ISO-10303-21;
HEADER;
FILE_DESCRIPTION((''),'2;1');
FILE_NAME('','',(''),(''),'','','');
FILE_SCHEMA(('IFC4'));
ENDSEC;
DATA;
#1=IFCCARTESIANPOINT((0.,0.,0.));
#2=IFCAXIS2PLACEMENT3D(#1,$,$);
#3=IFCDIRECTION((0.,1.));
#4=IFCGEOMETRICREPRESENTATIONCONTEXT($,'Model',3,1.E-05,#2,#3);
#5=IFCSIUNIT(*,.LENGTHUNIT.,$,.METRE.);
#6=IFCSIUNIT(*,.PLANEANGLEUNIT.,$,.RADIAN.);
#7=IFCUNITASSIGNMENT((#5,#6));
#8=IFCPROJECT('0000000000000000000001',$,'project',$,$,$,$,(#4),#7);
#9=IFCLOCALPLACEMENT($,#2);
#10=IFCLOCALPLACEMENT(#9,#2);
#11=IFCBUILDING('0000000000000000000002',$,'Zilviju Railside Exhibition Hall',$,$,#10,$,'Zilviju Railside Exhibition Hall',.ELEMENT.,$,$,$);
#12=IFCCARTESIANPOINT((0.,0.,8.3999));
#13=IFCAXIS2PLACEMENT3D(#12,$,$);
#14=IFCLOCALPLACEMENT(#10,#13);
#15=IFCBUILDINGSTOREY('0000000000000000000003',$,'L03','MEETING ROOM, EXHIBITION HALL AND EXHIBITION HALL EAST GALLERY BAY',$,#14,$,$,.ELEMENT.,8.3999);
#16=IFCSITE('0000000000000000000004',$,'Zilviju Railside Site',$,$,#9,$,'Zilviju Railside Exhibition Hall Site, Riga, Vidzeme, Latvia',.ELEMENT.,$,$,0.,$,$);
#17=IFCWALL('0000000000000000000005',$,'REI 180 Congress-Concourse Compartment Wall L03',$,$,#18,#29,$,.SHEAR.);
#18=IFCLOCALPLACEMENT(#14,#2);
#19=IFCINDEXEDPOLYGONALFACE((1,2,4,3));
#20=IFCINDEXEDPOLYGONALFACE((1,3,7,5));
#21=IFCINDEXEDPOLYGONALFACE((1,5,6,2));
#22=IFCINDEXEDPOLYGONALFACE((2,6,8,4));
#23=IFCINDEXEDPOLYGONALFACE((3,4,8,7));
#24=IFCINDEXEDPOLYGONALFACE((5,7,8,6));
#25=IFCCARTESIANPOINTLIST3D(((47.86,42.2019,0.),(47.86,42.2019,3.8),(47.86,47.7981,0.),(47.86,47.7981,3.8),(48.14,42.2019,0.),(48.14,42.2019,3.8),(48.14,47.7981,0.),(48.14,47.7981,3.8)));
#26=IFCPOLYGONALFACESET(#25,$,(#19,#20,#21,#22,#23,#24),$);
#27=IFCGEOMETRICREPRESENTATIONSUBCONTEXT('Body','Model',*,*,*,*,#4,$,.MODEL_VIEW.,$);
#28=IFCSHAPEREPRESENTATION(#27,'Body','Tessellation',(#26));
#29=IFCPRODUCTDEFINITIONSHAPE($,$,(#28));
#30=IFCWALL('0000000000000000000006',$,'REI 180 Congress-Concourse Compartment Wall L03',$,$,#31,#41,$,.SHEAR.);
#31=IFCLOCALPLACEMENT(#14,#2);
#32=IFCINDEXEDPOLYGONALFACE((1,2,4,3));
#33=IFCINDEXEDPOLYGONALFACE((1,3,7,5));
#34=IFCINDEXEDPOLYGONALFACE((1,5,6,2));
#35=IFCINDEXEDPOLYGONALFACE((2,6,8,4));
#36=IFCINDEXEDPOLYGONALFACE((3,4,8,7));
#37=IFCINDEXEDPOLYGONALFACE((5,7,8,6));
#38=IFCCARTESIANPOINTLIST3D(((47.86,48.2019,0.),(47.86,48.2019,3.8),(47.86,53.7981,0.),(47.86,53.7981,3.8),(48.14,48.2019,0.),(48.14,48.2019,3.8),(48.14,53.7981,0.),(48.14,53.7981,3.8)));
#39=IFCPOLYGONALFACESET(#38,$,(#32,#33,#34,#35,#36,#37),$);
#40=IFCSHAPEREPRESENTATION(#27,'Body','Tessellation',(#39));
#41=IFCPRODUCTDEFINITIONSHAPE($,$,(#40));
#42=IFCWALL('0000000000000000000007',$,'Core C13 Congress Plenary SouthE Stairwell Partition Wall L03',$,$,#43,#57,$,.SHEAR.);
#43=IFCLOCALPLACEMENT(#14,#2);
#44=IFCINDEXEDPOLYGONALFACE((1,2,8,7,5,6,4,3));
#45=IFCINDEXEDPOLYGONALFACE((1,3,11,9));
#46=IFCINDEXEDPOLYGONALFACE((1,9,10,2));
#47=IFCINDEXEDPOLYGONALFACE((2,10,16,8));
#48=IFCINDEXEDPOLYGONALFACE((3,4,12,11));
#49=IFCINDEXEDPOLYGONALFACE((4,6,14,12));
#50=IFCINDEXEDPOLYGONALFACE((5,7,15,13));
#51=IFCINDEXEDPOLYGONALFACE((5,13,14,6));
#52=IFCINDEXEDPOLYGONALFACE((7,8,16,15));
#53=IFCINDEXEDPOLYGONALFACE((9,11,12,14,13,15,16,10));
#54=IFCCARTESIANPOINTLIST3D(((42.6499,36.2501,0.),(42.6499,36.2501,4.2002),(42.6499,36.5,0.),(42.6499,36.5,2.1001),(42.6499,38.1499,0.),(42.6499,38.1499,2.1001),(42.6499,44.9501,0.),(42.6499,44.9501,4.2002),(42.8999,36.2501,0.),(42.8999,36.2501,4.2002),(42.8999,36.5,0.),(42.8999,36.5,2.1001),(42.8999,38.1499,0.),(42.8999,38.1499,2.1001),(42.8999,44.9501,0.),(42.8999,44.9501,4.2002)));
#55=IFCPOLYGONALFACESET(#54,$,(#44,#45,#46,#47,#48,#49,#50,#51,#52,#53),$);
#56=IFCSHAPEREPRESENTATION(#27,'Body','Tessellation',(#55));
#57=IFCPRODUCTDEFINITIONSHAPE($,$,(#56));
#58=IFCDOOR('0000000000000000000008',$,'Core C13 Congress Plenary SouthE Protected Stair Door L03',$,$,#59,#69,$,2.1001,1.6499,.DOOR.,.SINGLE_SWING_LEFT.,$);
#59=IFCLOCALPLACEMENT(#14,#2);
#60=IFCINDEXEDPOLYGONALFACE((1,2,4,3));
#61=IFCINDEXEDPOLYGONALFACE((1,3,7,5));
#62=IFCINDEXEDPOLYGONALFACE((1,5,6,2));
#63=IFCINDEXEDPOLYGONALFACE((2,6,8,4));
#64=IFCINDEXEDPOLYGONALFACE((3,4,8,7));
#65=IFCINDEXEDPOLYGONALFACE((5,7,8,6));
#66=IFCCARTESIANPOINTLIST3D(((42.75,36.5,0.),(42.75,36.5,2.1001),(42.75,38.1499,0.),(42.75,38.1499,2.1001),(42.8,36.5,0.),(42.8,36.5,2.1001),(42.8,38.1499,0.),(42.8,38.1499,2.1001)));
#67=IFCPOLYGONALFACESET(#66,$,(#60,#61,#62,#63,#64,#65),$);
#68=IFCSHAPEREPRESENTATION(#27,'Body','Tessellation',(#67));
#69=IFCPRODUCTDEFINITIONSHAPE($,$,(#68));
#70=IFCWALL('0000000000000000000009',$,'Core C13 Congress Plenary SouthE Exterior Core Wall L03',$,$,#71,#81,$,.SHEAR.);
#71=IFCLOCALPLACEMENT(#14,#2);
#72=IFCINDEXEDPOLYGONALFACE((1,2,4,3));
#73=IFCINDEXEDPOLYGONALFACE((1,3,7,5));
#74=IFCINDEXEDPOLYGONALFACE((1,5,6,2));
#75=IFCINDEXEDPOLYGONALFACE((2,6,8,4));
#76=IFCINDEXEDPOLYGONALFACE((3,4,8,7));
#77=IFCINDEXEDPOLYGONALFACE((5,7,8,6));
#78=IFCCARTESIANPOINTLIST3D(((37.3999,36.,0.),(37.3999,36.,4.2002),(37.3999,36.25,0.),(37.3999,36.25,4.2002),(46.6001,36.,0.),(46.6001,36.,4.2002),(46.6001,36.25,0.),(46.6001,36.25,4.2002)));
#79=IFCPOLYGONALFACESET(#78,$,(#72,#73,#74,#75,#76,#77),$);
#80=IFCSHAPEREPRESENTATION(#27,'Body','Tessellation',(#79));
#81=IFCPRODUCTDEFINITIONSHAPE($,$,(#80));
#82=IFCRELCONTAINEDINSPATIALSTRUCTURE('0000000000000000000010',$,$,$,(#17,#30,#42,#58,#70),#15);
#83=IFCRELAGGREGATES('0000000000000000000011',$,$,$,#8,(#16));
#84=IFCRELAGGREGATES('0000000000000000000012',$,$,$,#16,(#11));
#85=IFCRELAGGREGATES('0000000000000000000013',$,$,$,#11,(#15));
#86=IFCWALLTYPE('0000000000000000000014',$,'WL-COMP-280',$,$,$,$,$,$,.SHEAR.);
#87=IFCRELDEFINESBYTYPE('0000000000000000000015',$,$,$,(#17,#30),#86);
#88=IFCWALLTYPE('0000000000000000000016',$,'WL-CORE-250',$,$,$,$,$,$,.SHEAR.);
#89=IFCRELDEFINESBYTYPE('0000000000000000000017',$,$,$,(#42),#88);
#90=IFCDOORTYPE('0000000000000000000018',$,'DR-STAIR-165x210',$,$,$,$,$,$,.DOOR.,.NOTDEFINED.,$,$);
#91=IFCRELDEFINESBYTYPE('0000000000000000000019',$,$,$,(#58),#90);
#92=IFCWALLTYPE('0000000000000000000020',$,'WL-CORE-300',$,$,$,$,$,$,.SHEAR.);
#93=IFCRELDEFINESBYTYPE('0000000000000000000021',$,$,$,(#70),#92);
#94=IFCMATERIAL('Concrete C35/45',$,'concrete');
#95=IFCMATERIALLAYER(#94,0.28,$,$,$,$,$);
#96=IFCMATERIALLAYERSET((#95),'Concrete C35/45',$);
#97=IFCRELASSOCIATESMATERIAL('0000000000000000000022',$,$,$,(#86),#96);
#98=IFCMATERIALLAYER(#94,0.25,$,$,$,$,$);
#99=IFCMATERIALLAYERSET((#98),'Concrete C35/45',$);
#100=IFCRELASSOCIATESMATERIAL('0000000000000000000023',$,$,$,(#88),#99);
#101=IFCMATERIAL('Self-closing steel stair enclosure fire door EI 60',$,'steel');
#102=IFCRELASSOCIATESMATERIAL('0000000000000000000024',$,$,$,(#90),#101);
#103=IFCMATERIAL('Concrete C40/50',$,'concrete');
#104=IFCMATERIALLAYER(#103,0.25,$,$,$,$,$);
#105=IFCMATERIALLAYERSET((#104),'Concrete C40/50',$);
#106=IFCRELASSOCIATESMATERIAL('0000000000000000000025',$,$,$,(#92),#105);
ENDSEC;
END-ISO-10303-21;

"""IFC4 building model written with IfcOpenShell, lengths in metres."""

from ifc_helpers import new_model, si_unit, direction, frame, frame_2d, origin, place, context, subcontext, project, spatial, rectangle, extrude, material, layer, layer_set, type_object, element, fill, save


model = new_model("IFC4")

# Units and contexts
model_context = context("Model", 3, precision=1e-05, world=origin(), true_north=direction((0.0, 1.0)))
body_context = subcontext(model_context, "Body", "Model", "MODEL_VIEW")
ifc_project = project(units=[si_unit("LENGTHUNIT", "METRE"), si_unit("PLANEANGLEUNIT", "RADIAN")], contexts=[model_context])

# Site, building, storey
site_placement = place(None, origin())
site = spatial("IfcSite", under=ifc_project, at=site_placement, Name="Zilviju Railside Site", LongName="Zilviju Railside Exhibition Hall Site, Riga, Vidzeme, Latvia", CompositionType="ELEMENT", RefElevation=0.0)
building_placement = place(site_placement, origin())
building = spatial("IfcBuilding", under=site, at=building_placement, Name="Zilviju Railside Exhibition Hall", LongName="Zilviju Railside Exhibition Hall", CompositionType="ELEMENT")
storey_placement = place(building_placement, frame((0.0, 0.0, 8.3999)))
storey = spatial("IfcBuildingStorey", under=building, at=storey_placement, Name="L03", Description="MEETING ROOM, EXHIBITION HALL AND EXHIBITION HALL EAST GALLERY BAY", CompositionType="ELEMENT", Elevation=8.3999)

# Walls
ifc_material_1 = material(Name="Concrete C35/45", Category="concrete")
ifc_layer_1 = layer(ifc_material_1, 0.28)
ifc_layer_set_1 = layer_set([ifc_layer_1], Name="Concrete C35/45")
wall_type_1 = type_object("IfcWallType", Name="WL-COMP-280", PredefinedType="SHEAR", material=ifc_layer_set_1)
for number, where, z_axis, x_axis, name in (
    (1, (48.0, 42.2019, 0.0), (0.0, 0.0, 1.0), (0.0, 1.0, 0.0), "REI 180 Congress-Concourse Compartment Wall L03"),
    (2, (48.0, 48.2019, 0.0), (0.0, 0.0, 1.0), (0.0, 1.0, 0.0), "REI 180 Congress-Concourse Compartment Wall L03"),
):
    element("IfcWall", number, at=place(storey_placement, frame(where, z_axis=z_axis, x_axis=x_axis)), inside=storey, type_object=wall_type_1, Name=name, PredefinedType="SHEAR", context=body_context, shape_type="SweptSolid", body=[
        extrude(rectangle(XDim=5.5962, YDim=0.28, at=frame_2d((2.7981, 0.0))), origin(), (0.0, 0.0, 1.0), 3.8),
    ])

# Wall, opening, door
ifc_layer_2 = layer(ifc_material_1, 0.25)
ifc_layer_set_2 = layer_set([ifc_layer_2], Name="Concrete C35/45")
wall_type_2 = type_object("IfcWallType", Name="WL-CORE-250", PredefinedType="SHEAR", material=ifc_layer_set_2)
wall_1_placement = place(storey_placement, frame((42.7749, 36.25, 0.0), z_axis=(0.0, 0.0, 1.0), x_axis=(0.0, 1.0, 0.0)))
wall_1 = element("IfcWall", 3, at=wall_1_placement, inside=storey, type_object=wall_type_2, Name="Core C13 Congress Plenary SouthE Stairwell Partition Wall L03", PredefinedType="SHEAR", context=body_context, shape_type="SweptSolid", body=[
    extrude(rectangle(XDim=8.7, YDim=0.25, at=frame_2d((4.3501, 0.0))), origin(), (0.0, 0.0, 1.0), 4.2002),
])
opening_placement = place(wall_1_placement, frame((0.25, 0.0, 0.0)))
opening = element("IfcOpeningElement", 4, at=opening_placement, cuts=wall_1, PredefinedType="OPENING", context=body_context, shape_type="SweptSolid", body=[
    extrude(rectangle(XDim=1.6499, YDim=2.1001, at=frame_2d((0.825, 1.05))), frame((0.0, 0.135, 0.0), z_axis=(0.0, -1.0, 0.0), x_axis=(1.0, 0.0, 0.0)), (0.0, 0.0, 1.0), 0.27),
])
ifc_material_2 = material(Name="Self-closing steel stair enclosure fire door EI 60", Category="steel")
door_type = type_object("IfcDoorType", Name="DR-STAIR-165x210", OperationType="NOTDEFINED", PredefinedType="DOOR", material=ifc_material_2)
door_placement = place(opening_placement, origin())
door = element("IfcDoor", 5, at=door_placement, inside=storey, type_object=door_type, Name="Core C13 Congress Plenary SouthE Protected Stair Door L03", OperationType="SINGLE_SWING_LEFT", OverallHeight=2.1001, OverallWidth=1.6499, PredefinedType="DOOR", context=body_context, shape_type="SweptSolid", body=[
    extrude(rectangle(XDim=1.6499, YDim=2.1001, at=frame_2d((0.825, 1.05))), frame((0.0, 0.0249, 0.0), z_axis=(0.0, -1.0, 0.0), x_axis=(1.0, 0.0, 0.0)), (0.0, 0.0, 1.0), 0.05),
])
fill(opening, door)

# Wall
ifc_material_3 = material(Name="Concrete C40/50", Category="concrete")
ifc_layer_3 = layer(ifc_material_3, 0.25)
ifc_layer_set_3 = layer_set([ifc_layer_3], Name="Concrete C40/50")
wall_type_3 = type_object("IfcWallType", Name="WL-CORE-300", PredefinedType="SHEAR", material=ifc_layer_set_3)
wall_2_placement = place(storey_placement, frame((46.6001, 36.125, 0.0), z_axis=(0.0, 0.0, 1.0), x_axis=(-1.0, 0.0, 0.0)))
element("IfcWall", 6, at=wall_2_placement, inside=storey, type_object=wall_type_3, Name="Core C13 Congress Plenary SouthE Exterior Core Wall L03", PredefinedType="SHEAR", context=body_context, shape_type="SweptSolid", body=[
    extrude(rectangle(XDim=9.2002, YDim=0.25, at=frame_2d((4.6001, 0.0))), origin(), (0.0, 0.0, 1.0), 4.2002),
])

save(model, "model.ifc")
